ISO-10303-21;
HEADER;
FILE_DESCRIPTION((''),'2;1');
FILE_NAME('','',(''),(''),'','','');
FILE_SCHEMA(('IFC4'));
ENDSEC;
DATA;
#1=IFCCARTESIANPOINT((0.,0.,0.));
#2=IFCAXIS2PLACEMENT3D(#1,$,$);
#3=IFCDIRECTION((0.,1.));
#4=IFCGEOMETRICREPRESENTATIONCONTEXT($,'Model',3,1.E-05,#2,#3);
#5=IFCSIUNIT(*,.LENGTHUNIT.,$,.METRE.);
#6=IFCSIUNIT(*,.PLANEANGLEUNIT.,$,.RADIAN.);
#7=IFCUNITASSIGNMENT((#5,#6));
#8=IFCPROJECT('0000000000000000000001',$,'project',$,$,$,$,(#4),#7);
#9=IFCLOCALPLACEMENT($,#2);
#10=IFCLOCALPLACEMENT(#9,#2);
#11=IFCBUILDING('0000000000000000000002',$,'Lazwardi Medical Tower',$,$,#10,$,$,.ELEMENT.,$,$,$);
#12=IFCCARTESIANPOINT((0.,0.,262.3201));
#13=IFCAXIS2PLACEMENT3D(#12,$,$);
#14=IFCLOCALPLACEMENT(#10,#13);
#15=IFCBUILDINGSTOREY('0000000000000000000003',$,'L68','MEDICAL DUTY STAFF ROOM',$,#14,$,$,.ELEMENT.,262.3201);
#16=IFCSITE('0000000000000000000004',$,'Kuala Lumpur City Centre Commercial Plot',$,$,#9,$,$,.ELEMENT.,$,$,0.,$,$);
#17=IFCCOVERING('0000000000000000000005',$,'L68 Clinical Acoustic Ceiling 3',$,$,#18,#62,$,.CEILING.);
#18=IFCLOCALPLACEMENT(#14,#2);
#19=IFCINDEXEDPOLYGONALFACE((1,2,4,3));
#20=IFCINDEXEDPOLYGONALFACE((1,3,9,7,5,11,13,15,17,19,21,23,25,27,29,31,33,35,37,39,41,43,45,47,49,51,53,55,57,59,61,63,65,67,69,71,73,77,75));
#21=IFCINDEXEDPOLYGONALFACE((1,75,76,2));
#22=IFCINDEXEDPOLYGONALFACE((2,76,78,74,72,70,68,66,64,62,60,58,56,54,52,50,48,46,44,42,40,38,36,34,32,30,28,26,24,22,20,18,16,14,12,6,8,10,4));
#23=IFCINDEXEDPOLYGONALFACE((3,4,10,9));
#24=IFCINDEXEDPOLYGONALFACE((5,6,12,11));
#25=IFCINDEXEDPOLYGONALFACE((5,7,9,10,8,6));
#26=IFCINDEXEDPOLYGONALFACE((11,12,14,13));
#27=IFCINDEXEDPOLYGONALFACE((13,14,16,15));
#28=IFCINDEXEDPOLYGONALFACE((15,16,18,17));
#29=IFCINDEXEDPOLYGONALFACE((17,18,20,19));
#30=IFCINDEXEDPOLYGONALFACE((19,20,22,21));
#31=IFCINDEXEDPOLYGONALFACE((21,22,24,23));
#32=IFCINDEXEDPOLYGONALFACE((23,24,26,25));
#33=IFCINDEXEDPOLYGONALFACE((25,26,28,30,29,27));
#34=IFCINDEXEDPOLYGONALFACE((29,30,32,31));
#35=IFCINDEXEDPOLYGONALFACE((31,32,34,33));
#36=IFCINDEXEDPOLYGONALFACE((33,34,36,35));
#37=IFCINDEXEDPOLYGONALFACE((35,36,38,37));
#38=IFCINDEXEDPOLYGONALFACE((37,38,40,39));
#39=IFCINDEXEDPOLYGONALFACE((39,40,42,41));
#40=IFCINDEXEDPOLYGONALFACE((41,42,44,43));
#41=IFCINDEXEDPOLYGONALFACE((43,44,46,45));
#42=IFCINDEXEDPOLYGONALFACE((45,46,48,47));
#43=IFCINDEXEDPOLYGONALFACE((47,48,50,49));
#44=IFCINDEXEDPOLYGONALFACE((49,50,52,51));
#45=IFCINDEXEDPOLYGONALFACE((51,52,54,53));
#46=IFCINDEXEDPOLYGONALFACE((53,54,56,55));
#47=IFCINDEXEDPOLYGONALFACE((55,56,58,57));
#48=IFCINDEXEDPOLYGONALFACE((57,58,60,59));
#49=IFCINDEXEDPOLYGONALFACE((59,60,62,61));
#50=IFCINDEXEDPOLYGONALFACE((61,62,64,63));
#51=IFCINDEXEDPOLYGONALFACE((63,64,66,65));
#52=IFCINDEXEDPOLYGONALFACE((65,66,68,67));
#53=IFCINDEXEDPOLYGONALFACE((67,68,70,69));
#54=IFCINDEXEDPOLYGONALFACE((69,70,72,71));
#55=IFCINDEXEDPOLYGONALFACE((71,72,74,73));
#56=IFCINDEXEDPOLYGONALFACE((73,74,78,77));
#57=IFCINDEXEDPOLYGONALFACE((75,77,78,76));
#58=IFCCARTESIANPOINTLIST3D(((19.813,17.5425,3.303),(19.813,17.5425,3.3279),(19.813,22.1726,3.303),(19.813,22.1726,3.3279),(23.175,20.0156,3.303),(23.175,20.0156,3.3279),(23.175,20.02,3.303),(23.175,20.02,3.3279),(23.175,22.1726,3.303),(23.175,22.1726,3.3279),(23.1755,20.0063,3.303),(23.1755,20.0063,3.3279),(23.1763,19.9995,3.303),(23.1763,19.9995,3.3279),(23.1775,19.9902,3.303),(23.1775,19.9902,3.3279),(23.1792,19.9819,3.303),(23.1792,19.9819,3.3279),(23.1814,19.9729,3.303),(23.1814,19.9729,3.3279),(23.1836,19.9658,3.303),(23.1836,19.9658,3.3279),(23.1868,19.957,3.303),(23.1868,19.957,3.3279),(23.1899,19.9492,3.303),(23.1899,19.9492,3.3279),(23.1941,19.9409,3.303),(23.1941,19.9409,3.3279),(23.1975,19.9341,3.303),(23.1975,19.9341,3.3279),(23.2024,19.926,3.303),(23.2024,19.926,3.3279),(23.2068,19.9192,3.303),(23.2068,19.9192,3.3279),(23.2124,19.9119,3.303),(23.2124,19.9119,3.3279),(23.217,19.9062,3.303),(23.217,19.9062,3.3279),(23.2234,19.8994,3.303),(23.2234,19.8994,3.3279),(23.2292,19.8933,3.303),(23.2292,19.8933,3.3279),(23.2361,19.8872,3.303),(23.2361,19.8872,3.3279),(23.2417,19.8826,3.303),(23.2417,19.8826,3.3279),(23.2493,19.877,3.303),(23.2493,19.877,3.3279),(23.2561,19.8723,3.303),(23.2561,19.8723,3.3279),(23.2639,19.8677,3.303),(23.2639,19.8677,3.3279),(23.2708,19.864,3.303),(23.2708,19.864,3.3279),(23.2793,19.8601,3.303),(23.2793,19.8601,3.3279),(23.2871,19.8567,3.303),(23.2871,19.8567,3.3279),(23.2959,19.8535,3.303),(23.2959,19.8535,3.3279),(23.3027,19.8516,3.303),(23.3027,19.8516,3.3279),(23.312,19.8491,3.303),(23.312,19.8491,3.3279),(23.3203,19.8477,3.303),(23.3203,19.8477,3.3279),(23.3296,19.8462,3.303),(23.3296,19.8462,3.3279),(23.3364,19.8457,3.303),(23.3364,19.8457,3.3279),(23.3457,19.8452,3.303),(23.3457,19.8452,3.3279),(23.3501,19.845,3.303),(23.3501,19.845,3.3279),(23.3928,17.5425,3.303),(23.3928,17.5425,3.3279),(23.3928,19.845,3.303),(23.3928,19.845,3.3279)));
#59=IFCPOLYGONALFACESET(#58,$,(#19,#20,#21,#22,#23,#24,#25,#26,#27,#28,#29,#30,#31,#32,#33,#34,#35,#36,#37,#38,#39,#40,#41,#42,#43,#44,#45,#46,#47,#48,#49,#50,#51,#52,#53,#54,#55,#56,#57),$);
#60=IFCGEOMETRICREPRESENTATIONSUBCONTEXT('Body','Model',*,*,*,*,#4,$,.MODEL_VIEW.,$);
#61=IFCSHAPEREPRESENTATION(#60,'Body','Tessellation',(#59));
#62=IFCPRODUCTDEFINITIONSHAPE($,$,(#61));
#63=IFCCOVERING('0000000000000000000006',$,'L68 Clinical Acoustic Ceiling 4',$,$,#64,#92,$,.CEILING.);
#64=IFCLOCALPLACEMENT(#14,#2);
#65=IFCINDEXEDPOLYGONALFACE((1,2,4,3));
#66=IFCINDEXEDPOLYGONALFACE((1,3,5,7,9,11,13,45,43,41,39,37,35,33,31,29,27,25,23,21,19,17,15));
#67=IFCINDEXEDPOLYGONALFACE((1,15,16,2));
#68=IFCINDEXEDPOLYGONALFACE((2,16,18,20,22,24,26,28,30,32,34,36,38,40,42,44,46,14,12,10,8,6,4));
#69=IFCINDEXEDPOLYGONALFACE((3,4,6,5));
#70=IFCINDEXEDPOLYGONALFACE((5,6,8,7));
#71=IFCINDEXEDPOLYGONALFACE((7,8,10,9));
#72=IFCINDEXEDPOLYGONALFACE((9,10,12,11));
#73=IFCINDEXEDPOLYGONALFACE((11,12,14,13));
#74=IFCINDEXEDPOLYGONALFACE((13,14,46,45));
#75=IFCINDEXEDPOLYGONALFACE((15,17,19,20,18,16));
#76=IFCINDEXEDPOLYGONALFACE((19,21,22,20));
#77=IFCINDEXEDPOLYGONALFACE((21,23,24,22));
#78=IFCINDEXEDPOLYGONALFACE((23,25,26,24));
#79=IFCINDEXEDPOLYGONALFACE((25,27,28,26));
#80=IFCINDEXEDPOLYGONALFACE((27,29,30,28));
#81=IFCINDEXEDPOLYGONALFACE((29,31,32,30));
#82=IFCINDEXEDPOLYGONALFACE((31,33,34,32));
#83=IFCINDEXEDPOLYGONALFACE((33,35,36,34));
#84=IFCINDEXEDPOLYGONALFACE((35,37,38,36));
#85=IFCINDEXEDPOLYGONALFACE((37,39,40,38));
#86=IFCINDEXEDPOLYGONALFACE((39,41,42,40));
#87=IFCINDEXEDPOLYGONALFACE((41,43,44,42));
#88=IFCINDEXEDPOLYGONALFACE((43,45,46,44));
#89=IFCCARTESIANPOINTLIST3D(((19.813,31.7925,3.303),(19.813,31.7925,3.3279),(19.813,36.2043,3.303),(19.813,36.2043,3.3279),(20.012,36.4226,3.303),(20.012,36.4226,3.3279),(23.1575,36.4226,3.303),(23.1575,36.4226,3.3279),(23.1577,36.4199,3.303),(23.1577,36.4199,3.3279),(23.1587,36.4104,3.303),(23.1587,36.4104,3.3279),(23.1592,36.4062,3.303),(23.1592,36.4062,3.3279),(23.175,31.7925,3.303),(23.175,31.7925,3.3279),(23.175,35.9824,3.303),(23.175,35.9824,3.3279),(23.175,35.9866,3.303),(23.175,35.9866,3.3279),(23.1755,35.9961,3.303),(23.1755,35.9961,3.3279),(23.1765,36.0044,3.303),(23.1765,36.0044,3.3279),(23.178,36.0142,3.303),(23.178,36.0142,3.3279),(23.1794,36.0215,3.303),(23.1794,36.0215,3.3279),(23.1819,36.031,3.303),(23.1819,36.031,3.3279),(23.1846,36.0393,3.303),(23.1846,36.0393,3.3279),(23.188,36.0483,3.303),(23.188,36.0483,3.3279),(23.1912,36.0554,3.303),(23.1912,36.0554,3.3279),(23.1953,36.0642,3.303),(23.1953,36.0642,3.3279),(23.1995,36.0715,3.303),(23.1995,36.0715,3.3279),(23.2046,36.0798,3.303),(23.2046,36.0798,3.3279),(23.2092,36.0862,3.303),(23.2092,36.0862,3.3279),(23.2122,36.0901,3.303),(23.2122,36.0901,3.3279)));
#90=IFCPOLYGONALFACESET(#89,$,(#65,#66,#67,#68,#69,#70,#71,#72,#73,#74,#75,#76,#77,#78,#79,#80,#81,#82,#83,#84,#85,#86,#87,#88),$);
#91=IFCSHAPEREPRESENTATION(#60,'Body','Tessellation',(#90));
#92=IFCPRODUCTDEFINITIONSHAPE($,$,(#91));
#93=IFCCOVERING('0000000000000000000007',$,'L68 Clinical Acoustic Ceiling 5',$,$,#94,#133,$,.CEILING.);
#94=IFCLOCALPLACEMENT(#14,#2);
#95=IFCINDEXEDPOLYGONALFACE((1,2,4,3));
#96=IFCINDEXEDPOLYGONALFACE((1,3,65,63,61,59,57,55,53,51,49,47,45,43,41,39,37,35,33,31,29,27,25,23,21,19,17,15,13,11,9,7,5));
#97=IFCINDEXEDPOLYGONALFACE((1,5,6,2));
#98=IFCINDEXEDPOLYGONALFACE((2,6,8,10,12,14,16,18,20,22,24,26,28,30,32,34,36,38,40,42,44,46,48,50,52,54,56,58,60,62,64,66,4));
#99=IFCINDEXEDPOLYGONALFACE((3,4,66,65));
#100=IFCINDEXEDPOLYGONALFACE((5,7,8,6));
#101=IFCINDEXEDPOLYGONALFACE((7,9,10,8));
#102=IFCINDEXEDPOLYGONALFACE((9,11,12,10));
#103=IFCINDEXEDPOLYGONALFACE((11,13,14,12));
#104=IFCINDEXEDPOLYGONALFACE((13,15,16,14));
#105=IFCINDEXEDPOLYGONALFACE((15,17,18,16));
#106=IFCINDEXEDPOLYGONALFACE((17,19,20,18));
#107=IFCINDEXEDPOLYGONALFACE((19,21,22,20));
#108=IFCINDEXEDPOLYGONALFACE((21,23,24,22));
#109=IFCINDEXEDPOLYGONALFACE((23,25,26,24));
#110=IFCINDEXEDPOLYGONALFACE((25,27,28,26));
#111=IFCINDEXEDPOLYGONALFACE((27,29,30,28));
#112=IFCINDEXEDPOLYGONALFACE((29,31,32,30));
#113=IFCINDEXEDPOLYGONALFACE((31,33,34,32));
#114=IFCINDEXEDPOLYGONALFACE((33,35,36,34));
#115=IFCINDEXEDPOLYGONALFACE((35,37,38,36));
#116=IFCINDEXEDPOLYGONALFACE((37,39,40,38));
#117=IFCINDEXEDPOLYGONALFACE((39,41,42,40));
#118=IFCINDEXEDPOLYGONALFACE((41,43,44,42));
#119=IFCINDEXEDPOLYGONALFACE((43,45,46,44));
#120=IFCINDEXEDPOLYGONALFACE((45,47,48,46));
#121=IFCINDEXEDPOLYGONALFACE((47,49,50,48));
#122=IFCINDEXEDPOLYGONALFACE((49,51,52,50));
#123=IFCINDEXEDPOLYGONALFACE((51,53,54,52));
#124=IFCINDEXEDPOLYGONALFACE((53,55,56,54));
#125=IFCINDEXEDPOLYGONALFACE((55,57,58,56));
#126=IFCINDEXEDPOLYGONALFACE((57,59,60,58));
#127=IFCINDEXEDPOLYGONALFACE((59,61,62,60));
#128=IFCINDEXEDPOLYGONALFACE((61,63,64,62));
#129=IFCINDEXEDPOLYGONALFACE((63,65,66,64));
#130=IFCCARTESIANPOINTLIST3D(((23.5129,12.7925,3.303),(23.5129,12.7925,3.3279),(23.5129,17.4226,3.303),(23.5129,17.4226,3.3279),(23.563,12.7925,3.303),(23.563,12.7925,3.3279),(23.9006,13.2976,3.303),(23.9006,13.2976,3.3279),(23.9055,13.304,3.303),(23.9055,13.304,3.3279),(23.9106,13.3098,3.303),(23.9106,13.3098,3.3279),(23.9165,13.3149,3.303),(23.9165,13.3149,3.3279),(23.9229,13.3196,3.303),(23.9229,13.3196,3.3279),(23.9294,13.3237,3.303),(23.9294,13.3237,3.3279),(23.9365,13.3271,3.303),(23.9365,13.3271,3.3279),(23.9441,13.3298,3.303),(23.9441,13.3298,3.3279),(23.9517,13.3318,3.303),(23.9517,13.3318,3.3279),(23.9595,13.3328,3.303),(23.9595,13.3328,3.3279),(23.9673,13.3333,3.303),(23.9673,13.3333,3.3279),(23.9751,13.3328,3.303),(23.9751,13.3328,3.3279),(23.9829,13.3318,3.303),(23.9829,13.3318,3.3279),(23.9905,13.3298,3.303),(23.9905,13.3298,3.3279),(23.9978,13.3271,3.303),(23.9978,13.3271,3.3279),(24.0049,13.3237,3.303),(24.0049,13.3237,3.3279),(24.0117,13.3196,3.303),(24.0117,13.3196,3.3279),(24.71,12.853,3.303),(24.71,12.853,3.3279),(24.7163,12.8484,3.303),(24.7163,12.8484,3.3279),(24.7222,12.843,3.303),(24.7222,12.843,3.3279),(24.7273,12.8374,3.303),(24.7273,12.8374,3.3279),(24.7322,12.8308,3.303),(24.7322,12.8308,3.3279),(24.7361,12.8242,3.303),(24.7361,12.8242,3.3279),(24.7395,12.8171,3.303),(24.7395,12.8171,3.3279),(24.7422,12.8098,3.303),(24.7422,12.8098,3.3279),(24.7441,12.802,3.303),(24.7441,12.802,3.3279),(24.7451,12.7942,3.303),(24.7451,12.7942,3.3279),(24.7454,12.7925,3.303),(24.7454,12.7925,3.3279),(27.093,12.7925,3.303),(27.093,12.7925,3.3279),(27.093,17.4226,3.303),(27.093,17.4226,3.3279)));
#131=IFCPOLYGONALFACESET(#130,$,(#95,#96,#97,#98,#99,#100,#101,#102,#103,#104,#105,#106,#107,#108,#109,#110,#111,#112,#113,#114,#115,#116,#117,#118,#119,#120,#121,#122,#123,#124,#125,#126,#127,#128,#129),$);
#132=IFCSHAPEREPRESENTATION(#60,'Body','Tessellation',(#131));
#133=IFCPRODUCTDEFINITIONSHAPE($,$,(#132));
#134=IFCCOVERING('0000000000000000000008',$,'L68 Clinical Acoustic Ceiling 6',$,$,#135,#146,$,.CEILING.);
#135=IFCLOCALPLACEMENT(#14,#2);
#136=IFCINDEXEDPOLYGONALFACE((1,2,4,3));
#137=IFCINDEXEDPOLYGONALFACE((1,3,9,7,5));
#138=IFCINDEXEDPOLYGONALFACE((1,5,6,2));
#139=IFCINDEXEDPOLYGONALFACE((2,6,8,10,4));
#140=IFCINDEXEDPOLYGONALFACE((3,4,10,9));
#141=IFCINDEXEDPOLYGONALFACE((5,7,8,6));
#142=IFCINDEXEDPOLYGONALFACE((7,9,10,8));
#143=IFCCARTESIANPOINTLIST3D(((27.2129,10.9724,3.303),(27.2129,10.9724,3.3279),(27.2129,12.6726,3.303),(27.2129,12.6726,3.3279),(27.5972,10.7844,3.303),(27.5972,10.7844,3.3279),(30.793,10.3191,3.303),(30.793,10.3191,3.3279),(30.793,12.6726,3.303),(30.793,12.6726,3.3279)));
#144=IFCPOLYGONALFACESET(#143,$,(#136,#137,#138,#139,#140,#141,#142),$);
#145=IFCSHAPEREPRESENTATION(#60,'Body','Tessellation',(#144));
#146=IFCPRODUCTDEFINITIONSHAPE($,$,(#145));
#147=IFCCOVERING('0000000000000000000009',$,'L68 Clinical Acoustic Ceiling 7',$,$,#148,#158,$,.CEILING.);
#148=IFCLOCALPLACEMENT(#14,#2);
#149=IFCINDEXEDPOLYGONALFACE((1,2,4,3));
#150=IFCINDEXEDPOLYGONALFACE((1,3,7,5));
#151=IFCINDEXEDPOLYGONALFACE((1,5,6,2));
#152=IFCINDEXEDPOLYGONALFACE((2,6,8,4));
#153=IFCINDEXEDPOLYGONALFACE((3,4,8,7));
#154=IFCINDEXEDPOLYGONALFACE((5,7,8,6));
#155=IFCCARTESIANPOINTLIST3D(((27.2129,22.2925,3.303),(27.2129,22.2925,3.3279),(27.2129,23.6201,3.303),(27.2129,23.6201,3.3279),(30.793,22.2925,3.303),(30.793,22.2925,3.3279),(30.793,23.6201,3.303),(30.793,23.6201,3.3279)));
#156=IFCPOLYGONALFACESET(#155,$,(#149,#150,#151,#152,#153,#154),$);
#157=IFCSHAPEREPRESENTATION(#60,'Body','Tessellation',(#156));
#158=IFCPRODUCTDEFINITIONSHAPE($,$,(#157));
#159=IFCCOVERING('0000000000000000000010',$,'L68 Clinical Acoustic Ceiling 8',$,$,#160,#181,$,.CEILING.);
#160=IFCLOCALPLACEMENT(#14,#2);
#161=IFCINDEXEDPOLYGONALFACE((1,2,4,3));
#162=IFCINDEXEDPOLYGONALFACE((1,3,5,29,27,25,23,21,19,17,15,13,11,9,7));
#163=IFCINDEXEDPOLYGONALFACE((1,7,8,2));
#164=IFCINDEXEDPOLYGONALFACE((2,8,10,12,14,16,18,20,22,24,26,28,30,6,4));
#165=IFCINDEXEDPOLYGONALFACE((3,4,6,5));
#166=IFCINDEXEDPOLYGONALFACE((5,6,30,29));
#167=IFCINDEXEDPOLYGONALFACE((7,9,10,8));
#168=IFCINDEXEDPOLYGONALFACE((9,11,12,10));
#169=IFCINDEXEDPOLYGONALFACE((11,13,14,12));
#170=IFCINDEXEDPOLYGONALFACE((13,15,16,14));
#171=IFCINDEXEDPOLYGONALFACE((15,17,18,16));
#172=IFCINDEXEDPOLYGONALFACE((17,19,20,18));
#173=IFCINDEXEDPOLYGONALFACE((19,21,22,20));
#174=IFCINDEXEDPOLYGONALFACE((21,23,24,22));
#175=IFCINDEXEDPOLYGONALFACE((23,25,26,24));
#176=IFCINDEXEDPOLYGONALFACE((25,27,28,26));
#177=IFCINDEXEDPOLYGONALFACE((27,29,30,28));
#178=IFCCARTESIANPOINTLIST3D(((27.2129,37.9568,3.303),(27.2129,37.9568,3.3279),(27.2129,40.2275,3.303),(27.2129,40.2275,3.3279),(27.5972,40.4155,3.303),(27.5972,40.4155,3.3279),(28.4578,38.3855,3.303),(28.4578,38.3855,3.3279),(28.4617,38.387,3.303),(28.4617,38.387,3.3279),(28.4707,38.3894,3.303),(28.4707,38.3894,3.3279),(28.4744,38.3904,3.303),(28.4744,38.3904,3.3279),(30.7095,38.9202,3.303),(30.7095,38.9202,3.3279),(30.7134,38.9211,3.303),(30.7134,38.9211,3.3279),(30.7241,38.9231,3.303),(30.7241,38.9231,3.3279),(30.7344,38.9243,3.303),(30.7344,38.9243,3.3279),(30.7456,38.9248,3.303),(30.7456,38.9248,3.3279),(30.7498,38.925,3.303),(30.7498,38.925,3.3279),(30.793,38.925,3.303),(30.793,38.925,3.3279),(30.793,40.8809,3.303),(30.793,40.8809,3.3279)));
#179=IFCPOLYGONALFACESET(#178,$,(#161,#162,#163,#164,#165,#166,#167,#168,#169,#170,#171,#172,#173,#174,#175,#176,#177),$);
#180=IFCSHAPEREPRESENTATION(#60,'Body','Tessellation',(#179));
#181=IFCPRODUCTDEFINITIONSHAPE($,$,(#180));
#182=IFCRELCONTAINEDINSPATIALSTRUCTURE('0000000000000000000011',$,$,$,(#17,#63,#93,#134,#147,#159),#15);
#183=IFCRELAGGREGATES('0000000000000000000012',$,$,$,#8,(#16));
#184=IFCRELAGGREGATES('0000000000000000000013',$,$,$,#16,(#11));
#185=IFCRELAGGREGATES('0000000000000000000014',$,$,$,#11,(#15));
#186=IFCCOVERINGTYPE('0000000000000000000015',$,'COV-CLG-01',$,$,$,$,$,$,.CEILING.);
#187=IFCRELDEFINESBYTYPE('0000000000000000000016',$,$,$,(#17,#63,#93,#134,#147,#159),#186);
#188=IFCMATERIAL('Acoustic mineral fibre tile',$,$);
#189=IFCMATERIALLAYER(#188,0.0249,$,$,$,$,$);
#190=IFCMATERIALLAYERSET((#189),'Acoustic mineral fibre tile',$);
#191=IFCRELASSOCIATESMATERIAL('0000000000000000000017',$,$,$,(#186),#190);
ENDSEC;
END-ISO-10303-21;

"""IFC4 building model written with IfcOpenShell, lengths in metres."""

from ifc_helpers import new_model, si_unit, direction, frame, origin, place, context, subcontext, project, spatial, polyline, outline, extrude, material, layer, layer_set, type_object, element, save


model = new_model("IFC4")

# Units and contexts
model_context = context("Model", 3, precision=1e-05, world=origin(), true_north=direction((0.0, 1.0)))
body_context = subcontext(model_context, "Body", "Model", "MODEL_VIEW")
ifc_project = project(units=[si_unit("LENGTHUNIT", "METRE"), si_unit("PLANEANGLEUNIT", "RADIAN")], contexts=[model_context])

# Site, building, storey
site_placement = place(None, origin())
site = spatial("IfcSite", under=ifc_project, at=site_placement, Name="Kuala Lumpur City Centre Commercial Plot", CompositionType="ELEMENT", RefElevation=0.0)
building_placement = place(site_placement, origin())
building = spatial("IfcBuilding", under=site, at=building_placement, Name="Lazwardi Medical Tower", CompositionType="ELEMENT")
storey_placement = place(building_placement, frame((0.0, 0.0, 262.3201)))
storey = spatial("IfcBuildingStorey", under=building, at=storey_placement, Name="L68", Description="MEDICAL DUTY STAFF ROOM", CompositionType="ELEMENT", Elevation=262.3201)

# Coverings
ifc_material_1 = material(Name="Acoustic mineral fibre tile")
ifc_layer_1 = layer(ifc_material_1, 0.0249)
ifc_layer_set_1 = layer_set([ifc_layer_1], Name="Acoustic mineral fibre tile")
covering_type_1 = type_object("IfcCoveringType", Name="COV-CLG-01", PredefinedType="CEILING", material=ifc_layer_set_1)
covering_1_placement = place(storey_placement, frame((0.0, 0.0, 3.303)))
element("IfcCovering", 1, at=covering_1_placement, inside=storey, type_object=covering_type_1, Name="L68 Clinical Acoustic Ceiling 3", PredefinedType="CEILING", context=body_context, shape_type="SweptSolid", body=[
    extrude(outline(polyline([(23.3928, 19.845), (23.3501, 19.845), (23.3457, 19.8452), (23.3364, 19.8457), (23.3296, 19.8462), (23.3203, 19.8477), (23.312, 19.8491), (23.3027, 19.8516), (23.2959, 19.8535), (23.2871, 19.8567), (23.2793, 19.8601), (23.2708, 19.864), (23.2639, 19.8677), (23.2561, 19.8723), (23.2493, 19.877), (23.2417, 19.8826), (23.2361, 19.8872), (23.2292, 19.8933), (23.2234, 19.8994), (23.217, 19.9062), (23.2124, 19.9119), (23.2068, 19.9192), (23.2024, 19.926), (23.1975, 19.9341), (23.1941, 19.9409), (23.1899, 19.9492), (23.1868, 19.957), (23.1836, 19.9658), (23.1814, 19.9729), (23.1792, 19.9819), (23.1775, 19.9902), (23.1763, 19.9995), (23.1755, 20.0063), (23.175, 20.0156), (23.175, 20.02), (23.175, 22.1726), (19.813, 22.1726), (19.813, 17.5425), (23.3928, 17.5425), (23.3928, 19.845)])), origin(), (0.0, 0.0, 1.0), 0.0249),
])
covering_2_placement = place(storey_placement, frame((0.0, 0.0, 3.303)))
element("IfcCovering", 2, at=covering_2_placement, inside=storey, type_object=covering_type_1, Name="L68 Clinical Acoustic Ceiling 4", PredefinedType="CEILING", context=body_context, shape_type="SweptSolid", body=[
    extrude(outline(polyline([(20.012, 36.4226), (19.813, 36.2043), (19.813, 31.7925), (23.175, 31.7925), (23.175, 35.9824), (23.175, 35.9866), (23.1755, 35.9961), (23.1765, 36.0044), (23.178, 36.0142), (23.1794, 36.0215), (23.1819, 36.031), (23.1846, 36.0393), (23.188, 36.0483), (23.1912, 36.0554), (23.1953, 36.0642), (23.1995, 36.0715), (23.2046, 36.0798), (23.2092, 36.0862), (23.2122, 36.0901), (23.1592, 36.4062), (23.1587, 36.4104), (23.1577, 36.4199), (23.1575, 36.4226), (20.012, 36.4226)])), origin(), (0.0, 0.0, 1.0), 0.0249),
])
covering_3_placement = place(storey_placement, frame((0.0, 0.0, 3.303)))
element("IfcCovering", 3, at=covering_3_placement, inside=storey, type_object=covering_type_1, Name="L68 Clinical Acoustic Ceiling 5", PredefinedType="CEILING", context=body_context, shape_type="SweptSolid", body=[
    extrude(outline(polyline([(23.563, 12.7925), (23.9006, 13.2976), (23.9055, 13.304), (23.9106, 13.3098), (23.9165, 13.3149), (23.9229, 13.3196), (23.9294, 13.3237), (23.9365, 13.3271), (23.9441, 13.3298), (23.9517, 13.3318), (23.9595, 13.3328), (23.9673, 13.3333), (23.9751, 13.3328), (23.9829, 13.3318), (23.9905, 13.3298), (23.9978, 13.3271), (24.0049, 13.3237), (24.0117, 13.3196), (24.71, 12.853), (24.7163, 12.8484), (24.7222, 12.843), (24.7273, 12.8374), (24.7322, 12.8308), (24.7361, 12.8242), (24.7395, 12.8171), (24.7422, 12.8098), (24.7441, 12.802), (24.7451, 12.7942), (24.7454, 12.7925), (27.093, 12.7925), (27.093, 17.4226), (23.5129, 17.4226), (23.5129, 12.7925), (23.563, 12.7925)])), origin(), (0.0, 0.0, 1.0), 0.0249),
])
covering_4_placement = place(storey_placement, frame((0.0, 0.0, 3.303)))
element("IfcCovering", 4, at=covering_4_placement, inside=storey, type_object=covering_type_1, Name="L68 Clinical Acoustic Ceiling 6", PredefinedType="CEILING", context=body_context, shape_type="SweptSolid", body=[
    extrude(outline(polyline([(27.2129, 10.9724), (27.5972, 10.7844), (30.793, 10.3191), (30.793, 12.6726), (27.2129, 12.6726), (27.2129, 10.9724)])), origin(), (0.0, 0.0, 1.0), 0.0249),
])
covering_5_placement = place(storey_placement, frame((0.0, 0.0, 3.303)))
element("IfcCovering", 5, at=covering_5_placement, inside=storey, type_object=covering_type_1, Name="L68 Clinical Acoustic Ceiling 7", PredefinedType="CEILING", context=body_context, shape_type="SweptSolid", body=[
    extrude(outline(polyline([(30.793, 23.6201), (27.2129, 23.6201), (27.2129, 22.2925), (30.793, 22.2925), (30.793, 23.6201)])), origin(), (0.0, 0.0, 1.0), 0.0249),
])
covering_6_placement = place(storey_placement, frame((0.0, 0.0, 3.303)))
element("IfcCovering", 6, at=covering_6_placement, inside=storey, type_object=covering_type_1, Name="L68 Clinical Acoustic Ceiling 8", PredefinedType="CEILING", context=body_context, shape_type="SweptSolid", body=[
    extrude(outline(polyline([(30.793, 40.8809), (27.5972, 40.4155), (27.2129, 40.2275), (27.2129, 37.9568), (28.4578, 38.3855), (28.4617, 38.387), (28.4707, 38.3894), (28.4744, 38.3904), (30.7095, 38.9202), (30.7134, 38.9211), (30.7241, 38.9231), (30.7344, 38.9243), (30.7456, 38.9248), (30.7498, 38.925), (30.793, 38.925), (30.793, 40.8809)])), origin(), (0.0, 0.0, 1.0), 0.0249),
])

save(model, "model.ifc")
